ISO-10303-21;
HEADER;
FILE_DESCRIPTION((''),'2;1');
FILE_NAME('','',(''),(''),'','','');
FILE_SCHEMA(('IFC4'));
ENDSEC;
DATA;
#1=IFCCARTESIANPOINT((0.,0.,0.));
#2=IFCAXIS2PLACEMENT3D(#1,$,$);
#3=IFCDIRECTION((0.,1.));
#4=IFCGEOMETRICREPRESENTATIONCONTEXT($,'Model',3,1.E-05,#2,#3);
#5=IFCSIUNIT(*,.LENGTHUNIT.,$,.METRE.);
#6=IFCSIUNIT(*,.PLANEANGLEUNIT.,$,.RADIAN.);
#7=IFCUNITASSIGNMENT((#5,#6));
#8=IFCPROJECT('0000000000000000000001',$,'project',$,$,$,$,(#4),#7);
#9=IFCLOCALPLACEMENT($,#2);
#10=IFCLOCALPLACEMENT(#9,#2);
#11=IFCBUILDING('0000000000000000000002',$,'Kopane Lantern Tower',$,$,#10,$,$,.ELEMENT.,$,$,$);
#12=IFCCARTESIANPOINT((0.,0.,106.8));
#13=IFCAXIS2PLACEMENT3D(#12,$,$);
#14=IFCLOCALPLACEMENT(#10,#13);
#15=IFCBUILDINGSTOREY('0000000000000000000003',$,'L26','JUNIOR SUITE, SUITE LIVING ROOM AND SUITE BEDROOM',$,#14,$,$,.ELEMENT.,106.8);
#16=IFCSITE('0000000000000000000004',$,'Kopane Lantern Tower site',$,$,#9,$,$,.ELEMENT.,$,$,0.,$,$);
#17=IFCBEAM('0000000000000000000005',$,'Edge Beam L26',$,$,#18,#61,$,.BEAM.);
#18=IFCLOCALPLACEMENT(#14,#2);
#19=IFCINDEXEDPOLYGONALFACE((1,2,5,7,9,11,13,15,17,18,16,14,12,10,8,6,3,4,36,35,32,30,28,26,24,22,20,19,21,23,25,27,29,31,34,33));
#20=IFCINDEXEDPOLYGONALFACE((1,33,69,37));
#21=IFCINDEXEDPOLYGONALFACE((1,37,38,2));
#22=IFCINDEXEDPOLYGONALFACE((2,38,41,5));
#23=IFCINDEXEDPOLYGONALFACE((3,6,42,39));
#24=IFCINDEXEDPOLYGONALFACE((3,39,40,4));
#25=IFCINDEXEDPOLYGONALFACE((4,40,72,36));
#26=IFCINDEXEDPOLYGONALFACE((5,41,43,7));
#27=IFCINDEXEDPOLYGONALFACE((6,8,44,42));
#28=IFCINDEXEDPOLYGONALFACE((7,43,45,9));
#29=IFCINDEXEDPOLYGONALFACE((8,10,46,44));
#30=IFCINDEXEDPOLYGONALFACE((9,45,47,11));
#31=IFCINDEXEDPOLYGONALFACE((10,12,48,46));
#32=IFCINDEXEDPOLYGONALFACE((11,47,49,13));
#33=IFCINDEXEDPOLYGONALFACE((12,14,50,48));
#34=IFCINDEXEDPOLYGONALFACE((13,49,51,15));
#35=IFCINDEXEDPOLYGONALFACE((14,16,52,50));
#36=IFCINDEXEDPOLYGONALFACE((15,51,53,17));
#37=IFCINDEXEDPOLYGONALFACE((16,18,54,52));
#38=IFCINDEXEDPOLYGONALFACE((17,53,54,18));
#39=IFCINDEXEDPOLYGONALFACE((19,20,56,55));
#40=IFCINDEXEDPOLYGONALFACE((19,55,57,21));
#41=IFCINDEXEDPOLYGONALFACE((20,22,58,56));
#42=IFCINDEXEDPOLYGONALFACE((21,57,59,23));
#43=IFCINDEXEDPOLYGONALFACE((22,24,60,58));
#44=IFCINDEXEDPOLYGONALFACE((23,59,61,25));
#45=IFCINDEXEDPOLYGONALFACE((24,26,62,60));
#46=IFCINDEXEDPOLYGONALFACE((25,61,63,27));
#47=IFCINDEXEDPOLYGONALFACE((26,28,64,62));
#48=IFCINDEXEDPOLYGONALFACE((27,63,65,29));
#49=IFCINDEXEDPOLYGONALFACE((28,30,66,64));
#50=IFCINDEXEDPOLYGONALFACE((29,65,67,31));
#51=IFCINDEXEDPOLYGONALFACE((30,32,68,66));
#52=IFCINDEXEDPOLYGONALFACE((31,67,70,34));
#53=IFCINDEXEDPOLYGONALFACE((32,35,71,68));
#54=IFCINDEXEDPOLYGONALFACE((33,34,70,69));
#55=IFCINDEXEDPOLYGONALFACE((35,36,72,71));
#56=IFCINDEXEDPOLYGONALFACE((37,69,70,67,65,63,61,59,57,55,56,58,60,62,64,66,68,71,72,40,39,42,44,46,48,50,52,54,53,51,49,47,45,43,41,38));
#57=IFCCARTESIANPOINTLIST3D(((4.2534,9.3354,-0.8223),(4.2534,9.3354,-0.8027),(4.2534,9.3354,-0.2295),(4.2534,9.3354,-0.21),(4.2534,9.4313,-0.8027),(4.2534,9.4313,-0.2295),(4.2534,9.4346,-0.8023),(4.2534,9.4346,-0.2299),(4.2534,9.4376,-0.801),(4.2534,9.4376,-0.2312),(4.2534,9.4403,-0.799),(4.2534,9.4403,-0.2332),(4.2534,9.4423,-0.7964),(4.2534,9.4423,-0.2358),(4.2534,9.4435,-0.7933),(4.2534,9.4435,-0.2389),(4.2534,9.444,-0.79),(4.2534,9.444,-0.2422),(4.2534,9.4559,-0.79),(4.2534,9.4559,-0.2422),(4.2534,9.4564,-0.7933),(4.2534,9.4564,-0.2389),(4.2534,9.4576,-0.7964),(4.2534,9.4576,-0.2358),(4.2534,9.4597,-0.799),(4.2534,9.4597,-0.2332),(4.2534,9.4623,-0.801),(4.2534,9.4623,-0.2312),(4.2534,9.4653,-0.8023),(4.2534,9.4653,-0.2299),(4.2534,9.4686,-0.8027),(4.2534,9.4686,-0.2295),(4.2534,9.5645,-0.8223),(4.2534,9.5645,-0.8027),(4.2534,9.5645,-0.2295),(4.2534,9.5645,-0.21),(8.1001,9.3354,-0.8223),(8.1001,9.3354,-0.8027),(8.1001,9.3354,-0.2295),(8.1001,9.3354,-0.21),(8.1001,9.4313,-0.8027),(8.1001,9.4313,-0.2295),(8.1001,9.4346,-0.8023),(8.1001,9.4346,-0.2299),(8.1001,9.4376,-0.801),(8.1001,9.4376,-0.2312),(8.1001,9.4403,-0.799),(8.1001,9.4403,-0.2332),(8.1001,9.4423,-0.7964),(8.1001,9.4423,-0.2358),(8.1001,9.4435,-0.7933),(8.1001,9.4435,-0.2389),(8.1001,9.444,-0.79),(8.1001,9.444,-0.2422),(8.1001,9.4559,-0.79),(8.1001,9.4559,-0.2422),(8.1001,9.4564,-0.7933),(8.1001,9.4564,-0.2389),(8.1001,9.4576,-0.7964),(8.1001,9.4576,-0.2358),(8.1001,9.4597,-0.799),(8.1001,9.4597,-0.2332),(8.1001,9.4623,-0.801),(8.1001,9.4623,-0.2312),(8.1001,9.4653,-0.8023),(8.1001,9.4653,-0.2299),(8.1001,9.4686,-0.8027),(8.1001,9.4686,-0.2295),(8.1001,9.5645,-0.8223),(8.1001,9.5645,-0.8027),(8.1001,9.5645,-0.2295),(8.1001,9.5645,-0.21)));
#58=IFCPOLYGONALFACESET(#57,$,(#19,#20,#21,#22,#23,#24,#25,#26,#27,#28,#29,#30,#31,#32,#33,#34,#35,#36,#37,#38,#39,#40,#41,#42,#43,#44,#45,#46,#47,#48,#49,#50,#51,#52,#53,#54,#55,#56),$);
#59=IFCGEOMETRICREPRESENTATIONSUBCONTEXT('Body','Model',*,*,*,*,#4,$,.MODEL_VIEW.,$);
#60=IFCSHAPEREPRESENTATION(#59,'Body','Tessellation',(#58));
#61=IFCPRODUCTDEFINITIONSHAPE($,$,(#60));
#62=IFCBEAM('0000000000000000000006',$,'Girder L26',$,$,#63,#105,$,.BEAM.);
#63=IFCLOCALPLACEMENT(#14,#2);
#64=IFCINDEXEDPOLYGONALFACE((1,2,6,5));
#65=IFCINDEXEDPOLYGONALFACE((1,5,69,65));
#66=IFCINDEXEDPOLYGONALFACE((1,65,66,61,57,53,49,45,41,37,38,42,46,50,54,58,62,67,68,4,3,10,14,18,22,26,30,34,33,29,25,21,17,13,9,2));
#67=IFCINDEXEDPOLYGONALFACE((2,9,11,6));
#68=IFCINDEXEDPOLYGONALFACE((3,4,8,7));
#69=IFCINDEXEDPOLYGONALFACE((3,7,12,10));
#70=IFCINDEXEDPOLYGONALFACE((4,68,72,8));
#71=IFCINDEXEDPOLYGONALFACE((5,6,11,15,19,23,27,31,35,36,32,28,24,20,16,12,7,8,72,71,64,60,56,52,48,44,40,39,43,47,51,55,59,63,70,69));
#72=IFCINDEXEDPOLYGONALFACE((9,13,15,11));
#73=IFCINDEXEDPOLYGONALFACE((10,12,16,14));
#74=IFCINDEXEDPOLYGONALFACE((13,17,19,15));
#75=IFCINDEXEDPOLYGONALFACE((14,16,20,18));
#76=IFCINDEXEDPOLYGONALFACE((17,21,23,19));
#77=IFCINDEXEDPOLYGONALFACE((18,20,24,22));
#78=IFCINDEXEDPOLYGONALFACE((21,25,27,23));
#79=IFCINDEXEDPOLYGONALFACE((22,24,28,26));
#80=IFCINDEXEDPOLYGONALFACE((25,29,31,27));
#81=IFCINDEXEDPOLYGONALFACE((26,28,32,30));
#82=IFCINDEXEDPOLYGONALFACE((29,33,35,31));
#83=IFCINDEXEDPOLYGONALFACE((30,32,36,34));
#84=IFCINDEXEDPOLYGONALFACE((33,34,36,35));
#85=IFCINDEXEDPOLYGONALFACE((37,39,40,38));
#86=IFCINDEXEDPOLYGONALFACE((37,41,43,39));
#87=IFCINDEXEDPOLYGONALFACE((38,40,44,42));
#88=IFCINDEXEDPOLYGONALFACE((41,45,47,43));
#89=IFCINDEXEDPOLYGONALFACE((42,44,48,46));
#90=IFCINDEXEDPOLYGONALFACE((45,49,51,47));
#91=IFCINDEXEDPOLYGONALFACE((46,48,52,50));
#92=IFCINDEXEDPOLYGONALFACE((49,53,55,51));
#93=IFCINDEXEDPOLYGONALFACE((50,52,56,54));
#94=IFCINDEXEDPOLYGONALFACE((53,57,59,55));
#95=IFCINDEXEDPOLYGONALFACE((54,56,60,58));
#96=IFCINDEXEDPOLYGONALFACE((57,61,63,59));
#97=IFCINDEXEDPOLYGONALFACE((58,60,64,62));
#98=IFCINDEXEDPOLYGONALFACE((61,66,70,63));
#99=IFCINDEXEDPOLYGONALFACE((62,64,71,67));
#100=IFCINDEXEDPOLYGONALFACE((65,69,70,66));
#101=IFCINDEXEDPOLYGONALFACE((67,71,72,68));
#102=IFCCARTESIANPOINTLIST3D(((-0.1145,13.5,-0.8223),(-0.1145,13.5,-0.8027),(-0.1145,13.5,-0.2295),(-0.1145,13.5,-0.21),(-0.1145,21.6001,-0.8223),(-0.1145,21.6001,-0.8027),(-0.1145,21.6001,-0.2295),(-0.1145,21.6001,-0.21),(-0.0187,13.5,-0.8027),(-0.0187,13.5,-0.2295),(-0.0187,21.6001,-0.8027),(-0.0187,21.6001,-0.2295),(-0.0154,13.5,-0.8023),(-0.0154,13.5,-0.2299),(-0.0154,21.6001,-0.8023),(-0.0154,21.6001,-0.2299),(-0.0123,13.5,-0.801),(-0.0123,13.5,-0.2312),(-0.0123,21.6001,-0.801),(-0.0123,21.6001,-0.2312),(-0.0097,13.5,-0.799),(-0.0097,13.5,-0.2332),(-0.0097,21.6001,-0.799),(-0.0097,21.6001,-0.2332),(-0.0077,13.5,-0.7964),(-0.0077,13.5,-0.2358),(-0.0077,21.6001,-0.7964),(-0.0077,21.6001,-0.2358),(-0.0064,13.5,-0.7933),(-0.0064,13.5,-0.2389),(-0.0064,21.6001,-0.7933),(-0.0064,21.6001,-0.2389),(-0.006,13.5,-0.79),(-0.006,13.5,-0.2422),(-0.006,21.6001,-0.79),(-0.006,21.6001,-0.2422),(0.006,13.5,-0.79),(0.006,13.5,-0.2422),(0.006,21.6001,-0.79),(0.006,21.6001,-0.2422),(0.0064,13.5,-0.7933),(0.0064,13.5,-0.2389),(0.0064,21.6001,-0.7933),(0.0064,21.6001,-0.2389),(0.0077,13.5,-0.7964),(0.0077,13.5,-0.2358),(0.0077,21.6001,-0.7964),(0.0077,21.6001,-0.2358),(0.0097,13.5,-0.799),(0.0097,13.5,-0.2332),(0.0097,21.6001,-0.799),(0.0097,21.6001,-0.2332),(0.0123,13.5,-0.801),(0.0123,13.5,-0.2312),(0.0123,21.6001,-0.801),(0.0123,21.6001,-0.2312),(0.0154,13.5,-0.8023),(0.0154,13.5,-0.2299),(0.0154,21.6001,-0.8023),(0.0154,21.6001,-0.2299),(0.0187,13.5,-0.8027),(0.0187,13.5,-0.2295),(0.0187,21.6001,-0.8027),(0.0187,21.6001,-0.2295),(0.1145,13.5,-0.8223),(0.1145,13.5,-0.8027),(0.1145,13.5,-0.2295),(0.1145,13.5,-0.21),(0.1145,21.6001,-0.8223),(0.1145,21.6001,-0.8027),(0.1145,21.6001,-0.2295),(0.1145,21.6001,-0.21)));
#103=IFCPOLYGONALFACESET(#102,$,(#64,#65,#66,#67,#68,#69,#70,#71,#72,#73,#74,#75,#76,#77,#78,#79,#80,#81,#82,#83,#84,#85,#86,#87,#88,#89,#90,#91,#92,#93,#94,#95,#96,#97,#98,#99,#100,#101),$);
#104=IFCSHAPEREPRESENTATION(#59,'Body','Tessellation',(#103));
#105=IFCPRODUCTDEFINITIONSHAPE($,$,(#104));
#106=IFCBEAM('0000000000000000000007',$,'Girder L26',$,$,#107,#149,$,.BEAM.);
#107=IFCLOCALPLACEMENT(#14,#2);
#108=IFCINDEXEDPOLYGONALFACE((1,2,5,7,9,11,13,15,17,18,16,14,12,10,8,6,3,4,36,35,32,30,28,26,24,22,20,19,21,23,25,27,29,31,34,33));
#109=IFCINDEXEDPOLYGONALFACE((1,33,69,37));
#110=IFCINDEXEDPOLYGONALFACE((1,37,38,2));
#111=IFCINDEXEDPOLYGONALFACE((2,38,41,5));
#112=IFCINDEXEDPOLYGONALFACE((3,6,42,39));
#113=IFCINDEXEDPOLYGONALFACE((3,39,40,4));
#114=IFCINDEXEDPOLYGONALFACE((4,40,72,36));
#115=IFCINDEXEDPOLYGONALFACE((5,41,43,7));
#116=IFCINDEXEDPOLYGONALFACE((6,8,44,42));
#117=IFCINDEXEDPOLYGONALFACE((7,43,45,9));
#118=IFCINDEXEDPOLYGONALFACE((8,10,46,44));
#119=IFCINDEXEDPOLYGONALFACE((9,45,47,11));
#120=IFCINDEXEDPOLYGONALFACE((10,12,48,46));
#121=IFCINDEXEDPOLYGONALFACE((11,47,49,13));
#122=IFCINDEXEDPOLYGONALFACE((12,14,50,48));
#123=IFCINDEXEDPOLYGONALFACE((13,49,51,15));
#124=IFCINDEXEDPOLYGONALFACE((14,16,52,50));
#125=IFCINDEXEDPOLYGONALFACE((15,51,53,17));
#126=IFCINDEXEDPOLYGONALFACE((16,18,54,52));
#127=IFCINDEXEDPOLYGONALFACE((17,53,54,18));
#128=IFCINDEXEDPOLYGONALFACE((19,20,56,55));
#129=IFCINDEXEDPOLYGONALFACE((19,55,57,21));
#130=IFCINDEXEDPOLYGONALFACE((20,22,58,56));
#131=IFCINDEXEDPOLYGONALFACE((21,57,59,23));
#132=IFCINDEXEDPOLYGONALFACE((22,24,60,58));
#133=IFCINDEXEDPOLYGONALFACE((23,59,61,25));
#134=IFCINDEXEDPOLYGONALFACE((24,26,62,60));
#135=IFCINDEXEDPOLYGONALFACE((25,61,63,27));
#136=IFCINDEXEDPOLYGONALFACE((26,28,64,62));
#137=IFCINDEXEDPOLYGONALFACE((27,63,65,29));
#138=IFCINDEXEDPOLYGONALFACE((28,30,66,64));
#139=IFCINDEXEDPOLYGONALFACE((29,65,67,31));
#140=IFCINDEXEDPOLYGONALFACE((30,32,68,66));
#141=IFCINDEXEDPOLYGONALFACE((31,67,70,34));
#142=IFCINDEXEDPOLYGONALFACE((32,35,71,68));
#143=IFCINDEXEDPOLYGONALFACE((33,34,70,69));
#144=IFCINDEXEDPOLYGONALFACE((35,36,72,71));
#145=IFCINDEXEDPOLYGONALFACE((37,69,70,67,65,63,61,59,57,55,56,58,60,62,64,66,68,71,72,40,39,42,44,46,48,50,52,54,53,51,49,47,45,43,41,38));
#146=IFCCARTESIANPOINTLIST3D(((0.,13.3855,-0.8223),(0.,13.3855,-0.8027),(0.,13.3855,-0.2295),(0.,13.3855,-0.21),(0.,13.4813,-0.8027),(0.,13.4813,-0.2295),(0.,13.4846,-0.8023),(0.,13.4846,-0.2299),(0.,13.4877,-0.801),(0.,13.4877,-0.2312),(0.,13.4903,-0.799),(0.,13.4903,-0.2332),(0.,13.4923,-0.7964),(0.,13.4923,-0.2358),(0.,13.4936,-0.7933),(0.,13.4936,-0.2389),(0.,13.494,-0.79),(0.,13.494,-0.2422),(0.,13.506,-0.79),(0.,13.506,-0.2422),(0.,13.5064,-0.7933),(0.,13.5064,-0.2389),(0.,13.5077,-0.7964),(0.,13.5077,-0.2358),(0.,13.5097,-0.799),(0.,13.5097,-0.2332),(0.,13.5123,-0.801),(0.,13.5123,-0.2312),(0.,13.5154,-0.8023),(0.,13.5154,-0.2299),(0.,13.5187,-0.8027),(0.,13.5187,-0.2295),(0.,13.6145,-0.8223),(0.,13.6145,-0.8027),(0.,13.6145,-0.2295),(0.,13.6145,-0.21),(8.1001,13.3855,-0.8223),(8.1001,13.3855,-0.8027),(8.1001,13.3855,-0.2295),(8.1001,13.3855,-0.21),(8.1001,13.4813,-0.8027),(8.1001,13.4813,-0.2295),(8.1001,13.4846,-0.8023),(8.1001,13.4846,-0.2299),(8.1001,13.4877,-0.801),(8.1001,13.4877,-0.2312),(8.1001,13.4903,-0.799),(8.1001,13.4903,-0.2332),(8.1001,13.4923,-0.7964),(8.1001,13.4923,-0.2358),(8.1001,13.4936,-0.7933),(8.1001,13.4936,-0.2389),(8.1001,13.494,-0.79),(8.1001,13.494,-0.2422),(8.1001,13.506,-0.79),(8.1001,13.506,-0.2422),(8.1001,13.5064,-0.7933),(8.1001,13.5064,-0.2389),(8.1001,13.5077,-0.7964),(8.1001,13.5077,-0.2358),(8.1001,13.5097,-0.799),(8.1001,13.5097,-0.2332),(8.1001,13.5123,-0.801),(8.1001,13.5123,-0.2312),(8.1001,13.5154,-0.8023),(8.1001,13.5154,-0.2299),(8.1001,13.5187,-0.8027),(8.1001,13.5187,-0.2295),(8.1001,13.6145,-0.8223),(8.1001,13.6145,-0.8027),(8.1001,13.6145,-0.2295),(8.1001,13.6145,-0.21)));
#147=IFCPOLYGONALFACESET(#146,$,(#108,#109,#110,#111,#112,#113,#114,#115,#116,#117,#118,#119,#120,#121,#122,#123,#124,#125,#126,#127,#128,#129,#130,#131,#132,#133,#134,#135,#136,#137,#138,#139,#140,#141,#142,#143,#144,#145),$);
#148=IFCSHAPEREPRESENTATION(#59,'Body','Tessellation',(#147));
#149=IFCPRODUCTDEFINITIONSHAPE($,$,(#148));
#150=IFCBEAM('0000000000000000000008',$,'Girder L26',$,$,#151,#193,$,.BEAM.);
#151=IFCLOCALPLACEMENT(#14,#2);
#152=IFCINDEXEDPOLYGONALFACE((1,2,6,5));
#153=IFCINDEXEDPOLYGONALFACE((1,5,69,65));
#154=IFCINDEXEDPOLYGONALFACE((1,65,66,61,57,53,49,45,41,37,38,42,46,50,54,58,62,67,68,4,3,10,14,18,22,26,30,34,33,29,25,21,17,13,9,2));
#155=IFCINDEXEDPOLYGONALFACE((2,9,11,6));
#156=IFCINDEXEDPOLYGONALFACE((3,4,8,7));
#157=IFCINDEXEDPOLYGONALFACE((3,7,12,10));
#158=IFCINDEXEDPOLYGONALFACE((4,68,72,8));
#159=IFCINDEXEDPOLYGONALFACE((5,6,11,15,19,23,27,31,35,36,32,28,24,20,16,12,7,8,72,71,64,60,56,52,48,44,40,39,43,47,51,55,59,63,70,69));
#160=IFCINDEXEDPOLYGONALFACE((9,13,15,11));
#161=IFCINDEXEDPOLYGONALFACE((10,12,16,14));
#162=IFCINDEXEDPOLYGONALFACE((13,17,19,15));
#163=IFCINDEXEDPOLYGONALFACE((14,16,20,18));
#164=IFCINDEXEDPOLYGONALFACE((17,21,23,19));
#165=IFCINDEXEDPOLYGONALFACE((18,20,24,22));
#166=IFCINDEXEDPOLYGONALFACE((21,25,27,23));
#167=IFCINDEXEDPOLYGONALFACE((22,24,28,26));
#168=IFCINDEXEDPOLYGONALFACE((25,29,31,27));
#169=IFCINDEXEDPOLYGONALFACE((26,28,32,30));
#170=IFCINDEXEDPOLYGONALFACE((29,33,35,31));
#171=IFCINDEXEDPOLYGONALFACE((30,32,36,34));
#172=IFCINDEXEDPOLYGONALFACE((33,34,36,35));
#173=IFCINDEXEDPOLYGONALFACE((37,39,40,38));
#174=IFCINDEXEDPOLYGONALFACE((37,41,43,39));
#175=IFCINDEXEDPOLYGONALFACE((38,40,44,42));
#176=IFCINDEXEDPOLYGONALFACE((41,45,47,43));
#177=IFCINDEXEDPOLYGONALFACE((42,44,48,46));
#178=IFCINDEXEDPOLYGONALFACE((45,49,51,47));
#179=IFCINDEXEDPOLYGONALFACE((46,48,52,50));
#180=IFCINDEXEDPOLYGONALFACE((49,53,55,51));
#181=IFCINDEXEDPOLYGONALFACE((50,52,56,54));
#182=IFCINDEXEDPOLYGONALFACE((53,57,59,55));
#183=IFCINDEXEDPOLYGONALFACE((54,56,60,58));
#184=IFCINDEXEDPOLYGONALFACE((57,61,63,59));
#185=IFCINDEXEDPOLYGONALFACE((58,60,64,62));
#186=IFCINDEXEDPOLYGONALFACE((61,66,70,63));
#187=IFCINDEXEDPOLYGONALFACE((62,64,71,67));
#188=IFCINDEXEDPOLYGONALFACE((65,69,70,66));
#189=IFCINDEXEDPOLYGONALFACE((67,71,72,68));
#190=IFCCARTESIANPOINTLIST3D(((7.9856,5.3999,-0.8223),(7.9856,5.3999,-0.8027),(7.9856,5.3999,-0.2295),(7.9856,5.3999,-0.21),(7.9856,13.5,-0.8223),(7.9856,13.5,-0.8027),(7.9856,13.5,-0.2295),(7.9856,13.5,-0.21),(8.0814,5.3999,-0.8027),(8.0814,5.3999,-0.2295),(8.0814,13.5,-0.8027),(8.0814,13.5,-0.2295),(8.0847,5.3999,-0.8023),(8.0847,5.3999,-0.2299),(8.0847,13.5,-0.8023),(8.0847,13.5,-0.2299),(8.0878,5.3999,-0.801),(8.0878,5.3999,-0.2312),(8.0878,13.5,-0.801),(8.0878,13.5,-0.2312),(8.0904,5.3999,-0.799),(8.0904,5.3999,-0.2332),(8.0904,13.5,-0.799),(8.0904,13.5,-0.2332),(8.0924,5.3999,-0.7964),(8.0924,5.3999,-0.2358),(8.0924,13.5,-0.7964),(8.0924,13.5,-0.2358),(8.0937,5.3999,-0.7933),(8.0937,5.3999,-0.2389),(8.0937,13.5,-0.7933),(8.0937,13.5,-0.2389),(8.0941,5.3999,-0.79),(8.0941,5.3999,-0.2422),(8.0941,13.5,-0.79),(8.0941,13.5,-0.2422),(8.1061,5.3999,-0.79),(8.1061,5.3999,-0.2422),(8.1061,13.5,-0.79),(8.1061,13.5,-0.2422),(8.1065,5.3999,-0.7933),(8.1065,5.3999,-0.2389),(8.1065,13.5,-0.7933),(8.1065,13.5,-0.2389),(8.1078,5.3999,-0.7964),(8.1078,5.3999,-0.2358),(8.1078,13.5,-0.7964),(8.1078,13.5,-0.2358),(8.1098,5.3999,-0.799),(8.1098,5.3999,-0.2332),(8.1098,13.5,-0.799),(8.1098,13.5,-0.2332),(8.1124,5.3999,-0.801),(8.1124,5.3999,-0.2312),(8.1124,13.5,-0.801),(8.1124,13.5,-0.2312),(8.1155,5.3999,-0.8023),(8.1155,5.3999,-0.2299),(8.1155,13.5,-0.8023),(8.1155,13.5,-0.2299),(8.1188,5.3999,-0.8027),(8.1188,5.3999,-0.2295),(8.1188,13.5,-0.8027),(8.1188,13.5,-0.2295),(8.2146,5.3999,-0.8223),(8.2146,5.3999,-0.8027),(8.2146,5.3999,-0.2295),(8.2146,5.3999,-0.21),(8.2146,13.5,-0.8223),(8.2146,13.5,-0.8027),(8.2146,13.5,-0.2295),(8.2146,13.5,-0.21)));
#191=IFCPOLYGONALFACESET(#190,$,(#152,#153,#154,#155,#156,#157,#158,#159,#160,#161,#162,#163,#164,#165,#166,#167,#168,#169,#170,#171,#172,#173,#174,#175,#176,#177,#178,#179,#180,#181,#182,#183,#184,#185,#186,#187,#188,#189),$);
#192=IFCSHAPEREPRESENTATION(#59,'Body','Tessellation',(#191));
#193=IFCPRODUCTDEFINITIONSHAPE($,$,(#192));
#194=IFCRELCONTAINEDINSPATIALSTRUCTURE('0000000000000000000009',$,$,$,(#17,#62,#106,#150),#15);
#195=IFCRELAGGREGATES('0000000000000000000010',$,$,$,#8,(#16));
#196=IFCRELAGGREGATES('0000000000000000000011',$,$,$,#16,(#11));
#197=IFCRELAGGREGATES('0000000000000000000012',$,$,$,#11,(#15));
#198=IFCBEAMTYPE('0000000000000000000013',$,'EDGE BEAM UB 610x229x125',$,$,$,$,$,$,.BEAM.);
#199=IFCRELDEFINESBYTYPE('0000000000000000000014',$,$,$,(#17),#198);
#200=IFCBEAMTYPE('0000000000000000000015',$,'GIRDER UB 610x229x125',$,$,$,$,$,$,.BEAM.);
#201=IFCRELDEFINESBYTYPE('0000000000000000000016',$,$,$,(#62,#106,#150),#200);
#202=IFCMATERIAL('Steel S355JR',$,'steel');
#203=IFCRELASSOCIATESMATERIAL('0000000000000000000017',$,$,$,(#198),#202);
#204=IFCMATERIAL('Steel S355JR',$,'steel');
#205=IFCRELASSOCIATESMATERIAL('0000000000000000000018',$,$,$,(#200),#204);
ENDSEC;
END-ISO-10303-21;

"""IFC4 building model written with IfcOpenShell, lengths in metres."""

from ifc_helpers import new_model, si_unit, direction, frame, origin, origin_2d, place, context, subcontext, project, spatial, i_section, extrude, material, material_profile, profile_set, type_object, element, save


model = new_model("IFC4")

# Units and contexts
model_context = context("Model", 3, precision=1e-05, world=origin(), true_north=direction((0.0, 1.0)))
body_context = subcontext(model_context, "Body", "Model", "MODEL_VIEW")
ifc_project = project(units=[si_unit("LENGTHUNIT", "METRE"), si_unit("PLANEANGLEUNIT", "RADIAN")], contexts=[model_context])

# Site, building, storey
site_placement = place(None, origin())
site = spatial("IfcSite", under=ifc_project, at=site_placement, Name="Kopane Lantern Tower site", CompositionType="ELEMENT", RefElevation=0.0)
building_placement = place(site_placement, origin())
building = spatial("IfcBuilding", under=site, at=building_placement, Name="Kopane Lantern Tower", CompositionType="ELEMENT")
storey_placement = place(building_placement, frame((0.0, 0.0, 106.8)))
storey = spatial("IfcBuildingStorey", under=building, at=storey_placement, Name="L26", Description="JUNIOR SUITE, SUITE LIVING ROOM AND SUITE BEDROOM", CompositionType="ELEMENT", Elevation=106.8)

# Beams
ifc_material_1 = material(Name="Steel S355JR", Category="steel")
ifc_material_profile_1 = material_profile(ifc_material_1, i_section(OverallWidth=0.229, OverallDepth=0.6123, WebThickness=0.012, FlangeThickness=0.0195, FilletRadius=0.0127, at=origin_2d()), Name="UB 610x229x125")
ifc_profile_set_1 = profile_set([ifc_material_profile_1], Name="Steel S355JR")
beam_type_1 = type_object("IfcBeamType", Name="EDGE BEAM UB 610x229x125", PredefinedType="BEAM", material=ifc_profile_set_1)
beam_1_placement = place(storey_placement, frame((4.2534, 9.45, -0.5161), z_axis=(1.0, 0.0, 0.0), x_axis=(0.0, 1.0, 0.0)))
element("IfcBeam", 1, at=beam_1_placement, inside=storey, type_object=beam_type_1, Name="Edge Beam L26", PredefinedType="BEAM", context=body_context, shape_type="SweptSolid", body=[
    extrude(i_section(OverallWidth=0.229, OverallDepth=0.6123, WebThickness=0.012, FlangeThickness=0.0195, FilletRadius=0.0127, at=origin_2d()), origin(), (0.0, 0.0, 1.0), 3.8467),
])
ifc_material_2 = material(Name="Steel S355JR", Category="steel")
ifc_material_profile_2 = material_profile(ifc_material_2, i_section(OverallWidth=0.229, OverallDepth=0.6123, WebThickness=0.012, FlangeThickness=0.0195, FilletRadius=0.0127, at=origin_2d()), Name="UB 610x229x125")
ifc_profile_set_2 = profile_set([ifc_material_profile_2], Name="Steel S355JR")
beam_type_2 = type_object("IfcBeamType", Name="GIRDER UB 610x229x125", PredefinedType="BEAM", material=ifc_profile_set_2)
for number, where, z_axis, x_axis, name in (
    (2, (0.0, 13.5, -0.5161), (0.0, 1.0, 0.0), (-1.0, 0.0, 0.0), "Girder L26"),
    (3, (0.0, 13.5, -0.5161), (1.0, 0.0, 0.0), (0.0, 1.0, 0.0), "Girder L26"),
    (4, (8.1001, 5.3999, -0.5161), (0.0, 1.0, 0.0), (-1.0, 0.0, 0.0), "Girder L26"),
):
    element("IfcBeam", number, at=place(storey_placement, frame(where, z_axis=z_axis, x_axis=x_axis)), inside=storey, type_object=beam_type_2, Name=name, PredefinedType="BEAM", context=body_context, shape_type="SweptSolid", body=[
        extrude(i_section(OverallWidth=0.229, OverallDepth=0.6123, WebThickness=0.012, FlangeThickness=0.0195, FilletRadius=0.0127, at=origin_2d()), origin(), (0.0, 0.0, 1.0), 8.1001),
    ])

save(model, "model.ifc")
